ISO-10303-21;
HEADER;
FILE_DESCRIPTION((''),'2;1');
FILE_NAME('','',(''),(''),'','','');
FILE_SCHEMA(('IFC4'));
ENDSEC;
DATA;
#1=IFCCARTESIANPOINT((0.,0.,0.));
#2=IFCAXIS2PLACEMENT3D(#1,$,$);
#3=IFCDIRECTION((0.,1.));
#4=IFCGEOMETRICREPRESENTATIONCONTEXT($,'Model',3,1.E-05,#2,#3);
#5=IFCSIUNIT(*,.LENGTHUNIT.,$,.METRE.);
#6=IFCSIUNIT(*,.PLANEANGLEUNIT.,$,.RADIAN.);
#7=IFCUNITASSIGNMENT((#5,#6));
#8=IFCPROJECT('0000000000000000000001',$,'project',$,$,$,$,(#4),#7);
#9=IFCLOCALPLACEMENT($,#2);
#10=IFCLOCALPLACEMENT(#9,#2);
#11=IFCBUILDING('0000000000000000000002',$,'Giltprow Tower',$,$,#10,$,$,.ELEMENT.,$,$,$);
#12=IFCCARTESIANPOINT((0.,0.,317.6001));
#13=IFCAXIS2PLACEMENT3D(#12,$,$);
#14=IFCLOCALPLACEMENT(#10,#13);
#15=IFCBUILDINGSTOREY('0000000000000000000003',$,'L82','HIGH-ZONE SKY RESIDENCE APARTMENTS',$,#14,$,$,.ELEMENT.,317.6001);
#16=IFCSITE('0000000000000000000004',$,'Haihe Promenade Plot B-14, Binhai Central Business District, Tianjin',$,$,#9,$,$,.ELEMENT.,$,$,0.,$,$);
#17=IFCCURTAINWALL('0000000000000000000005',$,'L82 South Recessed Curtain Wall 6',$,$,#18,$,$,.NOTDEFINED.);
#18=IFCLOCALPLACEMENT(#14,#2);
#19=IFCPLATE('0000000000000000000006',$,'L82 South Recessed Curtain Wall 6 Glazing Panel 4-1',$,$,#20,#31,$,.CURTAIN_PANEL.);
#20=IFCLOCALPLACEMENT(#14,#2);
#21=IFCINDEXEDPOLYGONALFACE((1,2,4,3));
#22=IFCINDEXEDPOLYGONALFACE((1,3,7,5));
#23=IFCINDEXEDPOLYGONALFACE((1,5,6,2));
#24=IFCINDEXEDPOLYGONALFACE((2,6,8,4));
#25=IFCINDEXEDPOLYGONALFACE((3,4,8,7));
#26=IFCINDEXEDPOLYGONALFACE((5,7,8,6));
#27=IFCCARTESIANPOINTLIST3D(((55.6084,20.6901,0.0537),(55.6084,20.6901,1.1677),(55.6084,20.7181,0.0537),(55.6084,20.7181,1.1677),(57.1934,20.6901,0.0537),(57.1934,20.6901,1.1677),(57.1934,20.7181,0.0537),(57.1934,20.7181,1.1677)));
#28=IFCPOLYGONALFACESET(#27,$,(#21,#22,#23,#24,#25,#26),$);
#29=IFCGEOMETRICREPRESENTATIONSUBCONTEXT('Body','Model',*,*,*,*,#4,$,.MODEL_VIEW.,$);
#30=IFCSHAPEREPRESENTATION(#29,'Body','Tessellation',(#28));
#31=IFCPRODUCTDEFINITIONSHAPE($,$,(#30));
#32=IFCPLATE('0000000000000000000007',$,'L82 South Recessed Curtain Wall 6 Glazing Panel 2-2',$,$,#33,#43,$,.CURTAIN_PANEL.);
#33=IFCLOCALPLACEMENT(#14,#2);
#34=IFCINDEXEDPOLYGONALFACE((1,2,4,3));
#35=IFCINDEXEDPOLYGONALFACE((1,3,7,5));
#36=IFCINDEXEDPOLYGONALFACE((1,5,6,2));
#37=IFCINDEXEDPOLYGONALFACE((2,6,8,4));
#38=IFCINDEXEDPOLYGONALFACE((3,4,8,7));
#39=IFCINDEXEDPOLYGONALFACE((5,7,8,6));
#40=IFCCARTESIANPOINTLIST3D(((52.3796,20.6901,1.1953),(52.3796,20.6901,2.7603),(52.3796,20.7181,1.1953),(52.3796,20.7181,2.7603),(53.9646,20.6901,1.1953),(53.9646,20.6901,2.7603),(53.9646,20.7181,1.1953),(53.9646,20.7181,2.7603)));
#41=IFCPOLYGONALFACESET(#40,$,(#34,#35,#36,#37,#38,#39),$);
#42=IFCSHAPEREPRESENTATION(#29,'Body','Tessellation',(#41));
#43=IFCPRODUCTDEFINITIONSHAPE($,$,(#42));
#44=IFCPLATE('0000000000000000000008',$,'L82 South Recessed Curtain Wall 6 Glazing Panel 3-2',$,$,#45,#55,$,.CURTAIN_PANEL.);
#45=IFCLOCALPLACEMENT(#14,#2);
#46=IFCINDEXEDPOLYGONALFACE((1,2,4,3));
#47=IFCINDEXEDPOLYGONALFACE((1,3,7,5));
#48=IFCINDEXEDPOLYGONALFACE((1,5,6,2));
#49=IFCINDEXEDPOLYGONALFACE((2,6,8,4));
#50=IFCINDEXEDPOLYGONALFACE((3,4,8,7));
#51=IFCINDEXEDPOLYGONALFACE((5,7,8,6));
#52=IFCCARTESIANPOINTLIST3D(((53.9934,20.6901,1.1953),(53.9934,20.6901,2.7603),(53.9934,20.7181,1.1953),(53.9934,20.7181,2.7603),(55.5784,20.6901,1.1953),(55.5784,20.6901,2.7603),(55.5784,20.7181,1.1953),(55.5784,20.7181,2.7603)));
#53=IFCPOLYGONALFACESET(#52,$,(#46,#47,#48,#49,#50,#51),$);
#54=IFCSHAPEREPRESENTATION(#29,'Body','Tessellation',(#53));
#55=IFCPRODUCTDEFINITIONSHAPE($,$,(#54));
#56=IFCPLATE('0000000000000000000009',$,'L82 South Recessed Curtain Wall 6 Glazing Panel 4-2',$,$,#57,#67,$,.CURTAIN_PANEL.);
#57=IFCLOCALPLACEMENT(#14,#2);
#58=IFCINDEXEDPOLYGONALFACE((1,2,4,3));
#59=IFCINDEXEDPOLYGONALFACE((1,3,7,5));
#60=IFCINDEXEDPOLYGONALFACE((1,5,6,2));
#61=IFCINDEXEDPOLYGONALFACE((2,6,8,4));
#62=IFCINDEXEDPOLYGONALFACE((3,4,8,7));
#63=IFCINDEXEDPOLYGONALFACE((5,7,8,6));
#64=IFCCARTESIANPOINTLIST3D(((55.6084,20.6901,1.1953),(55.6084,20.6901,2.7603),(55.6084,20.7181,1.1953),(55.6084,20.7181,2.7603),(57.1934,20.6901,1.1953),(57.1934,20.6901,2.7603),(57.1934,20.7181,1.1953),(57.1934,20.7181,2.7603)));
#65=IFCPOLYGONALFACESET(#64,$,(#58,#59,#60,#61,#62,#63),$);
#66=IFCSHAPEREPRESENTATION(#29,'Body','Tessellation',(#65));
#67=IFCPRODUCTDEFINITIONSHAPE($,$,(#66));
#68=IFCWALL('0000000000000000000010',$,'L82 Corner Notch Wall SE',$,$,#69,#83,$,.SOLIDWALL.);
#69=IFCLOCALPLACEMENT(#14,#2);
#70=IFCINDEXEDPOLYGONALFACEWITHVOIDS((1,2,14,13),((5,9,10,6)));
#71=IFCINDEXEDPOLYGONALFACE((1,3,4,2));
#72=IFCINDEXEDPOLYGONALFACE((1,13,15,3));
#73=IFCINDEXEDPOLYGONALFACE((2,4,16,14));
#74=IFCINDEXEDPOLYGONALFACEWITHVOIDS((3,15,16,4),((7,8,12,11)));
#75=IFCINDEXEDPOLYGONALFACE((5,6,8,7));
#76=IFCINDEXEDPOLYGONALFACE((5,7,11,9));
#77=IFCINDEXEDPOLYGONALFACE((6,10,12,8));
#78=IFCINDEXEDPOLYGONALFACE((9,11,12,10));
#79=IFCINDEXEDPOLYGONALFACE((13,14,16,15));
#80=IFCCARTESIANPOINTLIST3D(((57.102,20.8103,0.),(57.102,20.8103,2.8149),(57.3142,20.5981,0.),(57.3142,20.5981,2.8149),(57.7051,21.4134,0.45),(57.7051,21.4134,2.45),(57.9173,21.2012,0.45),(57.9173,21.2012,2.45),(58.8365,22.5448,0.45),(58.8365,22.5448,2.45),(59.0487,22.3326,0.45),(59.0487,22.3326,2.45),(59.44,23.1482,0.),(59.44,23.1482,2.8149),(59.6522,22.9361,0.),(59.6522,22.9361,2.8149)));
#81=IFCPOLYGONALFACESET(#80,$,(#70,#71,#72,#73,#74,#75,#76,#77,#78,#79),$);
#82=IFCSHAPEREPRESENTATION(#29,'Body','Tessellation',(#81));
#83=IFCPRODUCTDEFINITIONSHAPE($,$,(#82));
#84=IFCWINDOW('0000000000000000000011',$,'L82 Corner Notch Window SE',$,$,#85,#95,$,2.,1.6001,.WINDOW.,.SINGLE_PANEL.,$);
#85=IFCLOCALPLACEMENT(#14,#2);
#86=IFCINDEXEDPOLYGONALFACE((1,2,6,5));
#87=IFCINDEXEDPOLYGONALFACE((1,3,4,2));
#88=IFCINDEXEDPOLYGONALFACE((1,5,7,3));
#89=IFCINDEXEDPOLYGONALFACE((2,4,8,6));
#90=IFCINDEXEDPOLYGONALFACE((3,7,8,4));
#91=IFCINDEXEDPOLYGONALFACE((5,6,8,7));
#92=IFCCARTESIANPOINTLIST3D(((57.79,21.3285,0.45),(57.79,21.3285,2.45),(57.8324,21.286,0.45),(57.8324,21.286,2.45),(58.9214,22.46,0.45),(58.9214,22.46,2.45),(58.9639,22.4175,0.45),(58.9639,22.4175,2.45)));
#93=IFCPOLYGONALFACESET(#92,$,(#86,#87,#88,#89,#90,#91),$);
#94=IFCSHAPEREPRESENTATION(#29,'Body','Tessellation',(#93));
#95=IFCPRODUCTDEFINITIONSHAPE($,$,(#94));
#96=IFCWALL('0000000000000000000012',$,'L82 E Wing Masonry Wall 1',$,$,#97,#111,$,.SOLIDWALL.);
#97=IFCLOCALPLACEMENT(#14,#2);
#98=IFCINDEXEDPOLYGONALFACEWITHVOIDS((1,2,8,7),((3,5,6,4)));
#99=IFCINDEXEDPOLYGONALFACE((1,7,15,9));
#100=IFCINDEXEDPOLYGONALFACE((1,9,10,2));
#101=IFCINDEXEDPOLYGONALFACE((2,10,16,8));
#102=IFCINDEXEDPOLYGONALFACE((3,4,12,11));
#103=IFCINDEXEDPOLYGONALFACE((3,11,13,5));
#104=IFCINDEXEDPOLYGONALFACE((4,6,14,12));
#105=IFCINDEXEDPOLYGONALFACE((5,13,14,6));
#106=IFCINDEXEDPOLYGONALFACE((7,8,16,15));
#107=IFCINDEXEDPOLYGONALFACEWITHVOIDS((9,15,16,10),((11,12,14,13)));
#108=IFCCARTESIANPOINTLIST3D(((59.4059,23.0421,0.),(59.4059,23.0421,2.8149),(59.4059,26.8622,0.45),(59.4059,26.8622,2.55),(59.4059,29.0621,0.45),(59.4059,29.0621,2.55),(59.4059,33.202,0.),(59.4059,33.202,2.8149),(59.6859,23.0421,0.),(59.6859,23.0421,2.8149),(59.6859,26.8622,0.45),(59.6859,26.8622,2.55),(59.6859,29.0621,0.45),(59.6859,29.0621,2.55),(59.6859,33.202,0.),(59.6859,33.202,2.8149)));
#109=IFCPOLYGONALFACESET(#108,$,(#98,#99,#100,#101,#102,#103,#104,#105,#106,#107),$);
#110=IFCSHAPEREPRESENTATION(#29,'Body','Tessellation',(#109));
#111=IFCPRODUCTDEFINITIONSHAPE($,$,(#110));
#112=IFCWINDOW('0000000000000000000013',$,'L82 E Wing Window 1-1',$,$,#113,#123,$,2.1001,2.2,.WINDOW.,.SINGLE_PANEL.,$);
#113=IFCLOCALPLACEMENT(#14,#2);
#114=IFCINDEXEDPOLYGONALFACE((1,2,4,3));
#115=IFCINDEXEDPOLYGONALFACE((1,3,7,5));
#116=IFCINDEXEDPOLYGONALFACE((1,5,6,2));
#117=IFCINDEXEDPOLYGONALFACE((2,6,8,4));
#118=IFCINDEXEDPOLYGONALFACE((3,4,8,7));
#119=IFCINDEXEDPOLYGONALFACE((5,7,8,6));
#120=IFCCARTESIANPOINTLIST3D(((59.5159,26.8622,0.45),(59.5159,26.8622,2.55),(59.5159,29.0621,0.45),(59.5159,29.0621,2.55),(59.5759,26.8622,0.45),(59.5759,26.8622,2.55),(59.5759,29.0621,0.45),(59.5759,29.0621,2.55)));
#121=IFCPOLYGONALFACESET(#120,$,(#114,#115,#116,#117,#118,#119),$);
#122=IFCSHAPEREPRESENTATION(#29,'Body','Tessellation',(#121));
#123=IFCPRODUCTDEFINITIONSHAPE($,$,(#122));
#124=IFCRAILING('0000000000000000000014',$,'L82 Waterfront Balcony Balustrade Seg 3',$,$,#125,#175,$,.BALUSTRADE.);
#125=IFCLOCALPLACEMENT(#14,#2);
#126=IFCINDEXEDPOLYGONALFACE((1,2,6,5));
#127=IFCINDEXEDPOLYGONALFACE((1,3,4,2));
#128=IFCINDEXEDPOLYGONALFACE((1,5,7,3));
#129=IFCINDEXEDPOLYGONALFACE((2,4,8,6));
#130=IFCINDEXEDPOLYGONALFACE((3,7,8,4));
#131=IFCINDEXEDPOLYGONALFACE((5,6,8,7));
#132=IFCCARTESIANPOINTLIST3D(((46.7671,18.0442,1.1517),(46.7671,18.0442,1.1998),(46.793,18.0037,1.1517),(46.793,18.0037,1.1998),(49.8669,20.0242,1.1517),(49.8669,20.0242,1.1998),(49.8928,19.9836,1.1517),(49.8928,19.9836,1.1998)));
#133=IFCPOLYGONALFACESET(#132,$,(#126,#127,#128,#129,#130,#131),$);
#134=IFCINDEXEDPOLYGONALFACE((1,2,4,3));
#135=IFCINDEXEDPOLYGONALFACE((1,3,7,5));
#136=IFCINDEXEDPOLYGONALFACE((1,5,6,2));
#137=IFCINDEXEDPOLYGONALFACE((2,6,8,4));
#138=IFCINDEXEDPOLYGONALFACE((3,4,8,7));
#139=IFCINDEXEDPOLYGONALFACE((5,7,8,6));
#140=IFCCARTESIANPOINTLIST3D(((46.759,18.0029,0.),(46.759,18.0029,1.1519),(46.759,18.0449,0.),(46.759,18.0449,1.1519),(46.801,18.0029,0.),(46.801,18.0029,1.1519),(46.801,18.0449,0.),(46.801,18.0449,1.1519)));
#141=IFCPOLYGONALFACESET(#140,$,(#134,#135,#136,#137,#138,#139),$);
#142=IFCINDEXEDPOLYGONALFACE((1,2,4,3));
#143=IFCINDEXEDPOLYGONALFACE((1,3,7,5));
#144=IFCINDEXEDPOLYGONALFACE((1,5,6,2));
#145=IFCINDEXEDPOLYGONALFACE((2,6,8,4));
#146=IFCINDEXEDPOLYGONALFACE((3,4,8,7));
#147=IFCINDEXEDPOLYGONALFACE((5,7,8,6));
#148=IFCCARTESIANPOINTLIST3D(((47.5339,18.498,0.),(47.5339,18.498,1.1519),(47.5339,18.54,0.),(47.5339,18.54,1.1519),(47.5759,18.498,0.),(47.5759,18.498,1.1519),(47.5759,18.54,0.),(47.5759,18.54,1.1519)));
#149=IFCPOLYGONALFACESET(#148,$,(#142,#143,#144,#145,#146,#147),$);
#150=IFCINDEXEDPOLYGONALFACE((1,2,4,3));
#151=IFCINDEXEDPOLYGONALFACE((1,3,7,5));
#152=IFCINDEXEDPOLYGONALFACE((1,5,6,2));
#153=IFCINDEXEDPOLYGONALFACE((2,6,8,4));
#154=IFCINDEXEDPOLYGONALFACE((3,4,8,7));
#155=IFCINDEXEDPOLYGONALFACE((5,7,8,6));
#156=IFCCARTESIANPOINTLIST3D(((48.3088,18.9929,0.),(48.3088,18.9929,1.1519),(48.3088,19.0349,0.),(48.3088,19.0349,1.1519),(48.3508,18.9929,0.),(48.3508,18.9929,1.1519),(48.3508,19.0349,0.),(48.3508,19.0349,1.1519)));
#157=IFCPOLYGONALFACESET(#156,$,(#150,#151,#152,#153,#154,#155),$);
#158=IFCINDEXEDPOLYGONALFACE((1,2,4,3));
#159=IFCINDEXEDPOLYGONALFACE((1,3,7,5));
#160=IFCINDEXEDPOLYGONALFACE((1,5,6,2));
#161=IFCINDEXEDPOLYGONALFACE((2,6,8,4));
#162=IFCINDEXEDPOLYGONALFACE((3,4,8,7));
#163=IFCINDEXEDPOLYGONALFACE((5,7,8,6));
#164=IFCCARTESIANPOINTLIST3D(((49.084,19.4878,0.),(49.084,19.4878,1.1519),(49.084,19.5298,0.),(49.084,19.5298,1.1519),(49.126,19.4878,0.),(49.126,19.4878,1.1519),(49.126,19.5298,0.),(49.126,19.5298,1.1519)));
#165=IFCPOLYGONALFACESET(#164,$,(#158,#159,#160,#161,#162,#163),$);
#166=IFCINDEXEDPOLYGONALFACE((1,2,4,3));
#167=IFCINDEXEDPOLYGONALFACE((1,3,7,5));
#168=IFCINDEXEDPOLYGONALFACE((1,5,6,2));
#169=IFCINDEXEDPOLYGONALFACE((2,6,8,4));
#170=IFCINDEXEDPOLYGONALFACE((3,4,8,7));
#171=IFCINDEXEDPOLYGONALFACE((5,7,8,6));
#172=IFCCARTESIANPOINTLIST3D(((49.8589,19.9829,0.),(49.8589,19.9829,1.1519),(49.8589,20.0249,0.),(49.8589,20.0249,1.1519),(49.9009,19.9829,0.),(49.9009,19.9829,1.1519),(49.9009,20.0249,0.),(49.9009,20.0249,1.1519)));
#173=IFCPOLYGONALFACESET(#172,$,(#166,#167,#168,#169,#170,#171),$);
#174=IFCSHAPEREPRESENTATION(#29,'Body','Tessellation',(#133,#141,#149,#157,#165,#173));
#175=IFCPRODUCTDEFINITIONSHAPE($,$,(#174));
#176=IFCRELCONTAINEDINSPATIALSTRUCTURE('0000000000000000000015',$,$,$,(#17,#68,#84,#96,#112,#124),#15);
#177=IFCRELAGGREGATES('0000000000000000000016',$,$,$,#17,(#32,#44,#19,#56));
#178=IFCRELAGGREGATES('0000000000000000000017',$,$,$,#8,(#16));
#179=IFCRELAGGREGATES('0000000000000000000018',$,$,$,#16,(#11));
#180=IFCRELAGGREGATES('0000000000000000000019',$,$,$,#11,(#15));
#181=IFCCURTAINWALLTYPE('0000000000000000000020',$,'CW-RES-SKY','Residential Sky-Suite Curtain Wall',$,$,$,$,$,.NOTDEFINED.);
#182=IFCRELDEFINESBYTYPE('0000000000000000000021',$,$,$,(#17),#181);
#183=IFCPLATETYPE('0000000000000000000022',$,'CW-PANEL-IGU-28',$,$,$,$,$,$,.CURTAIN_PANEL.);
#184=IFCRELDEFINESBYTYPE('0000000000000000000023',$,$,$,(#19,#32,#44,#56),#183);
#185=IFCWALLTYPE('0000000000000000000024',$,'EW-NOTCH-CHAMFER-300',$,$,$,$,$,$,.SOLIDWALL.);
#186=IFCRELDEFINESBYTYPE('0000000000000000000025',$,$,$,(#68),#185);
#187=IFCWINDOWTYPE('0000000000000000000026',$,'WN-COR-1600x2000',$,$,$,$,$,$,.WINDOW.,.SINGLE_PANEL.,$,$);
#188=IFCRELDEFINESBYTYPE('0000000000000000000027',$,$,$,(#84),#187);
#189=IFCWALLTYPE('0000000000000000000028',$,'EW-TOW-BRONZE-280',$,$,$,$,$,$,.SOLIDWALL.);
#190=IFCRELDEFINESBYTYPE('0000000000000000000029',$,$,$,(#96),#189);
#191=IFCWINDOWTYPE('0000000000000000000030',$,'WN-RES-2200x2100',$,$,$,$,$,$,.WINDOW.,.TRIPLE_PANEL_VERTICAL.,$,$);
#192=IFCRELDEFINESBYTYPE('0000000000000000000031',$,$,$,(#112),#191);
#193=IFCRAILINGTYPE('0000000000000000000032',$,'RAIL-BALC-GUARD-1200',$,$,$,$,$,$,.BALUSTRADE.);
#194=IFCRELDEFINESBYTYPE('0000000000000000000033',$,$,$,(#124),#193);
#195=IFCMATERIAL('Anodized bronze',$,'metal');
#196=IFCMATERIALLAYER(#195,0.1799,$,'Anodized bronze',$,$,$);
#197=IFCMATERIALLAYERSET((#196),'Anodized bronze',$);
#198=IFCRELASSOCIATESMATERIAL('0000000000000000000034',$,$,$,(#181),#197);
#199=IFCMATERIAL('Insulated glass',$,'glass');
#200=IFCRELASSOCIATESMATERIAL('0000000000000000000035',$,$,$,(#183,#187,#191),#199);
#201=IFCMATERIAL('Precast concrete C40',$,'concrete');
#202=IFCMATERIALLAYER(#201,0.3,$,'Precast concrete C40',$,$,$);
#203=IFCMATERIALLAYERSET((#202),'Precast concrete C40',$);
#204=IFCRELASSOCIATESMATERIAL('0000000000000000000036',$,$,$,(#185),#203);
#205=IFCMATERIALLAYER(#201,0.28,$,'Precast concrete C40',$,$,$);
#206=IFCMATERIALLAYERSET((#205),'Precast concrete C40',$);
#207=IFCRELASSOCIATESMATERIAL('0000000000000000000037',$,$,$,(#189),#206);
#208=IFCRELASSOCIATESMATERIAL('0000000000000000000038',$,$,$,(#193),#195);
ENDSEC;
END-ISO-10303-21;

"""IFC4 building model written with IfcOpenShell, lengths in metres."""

from ifc_helpers import new_model, si_unit, direction, frame, frame_2d, origin, origin_2d, place, context, subcontext, project, spatial, rectangle, extrude, source, transform, mapped, material, layer, layer_set, type_object, element, fill, aggregate, save


model = new_model("IFC4")

# Units and contexts
model_context = context("Model", 3, precision=1e-05, world=origin(), true_north=direction((0.0, 1.0)))
body_context = subcontext(model_context, "Body", "Model", "MODEL_VIEW")
ifc_project = project(units=[si_unit("LENGTHUNIT", "METRE"), si_unit("PLANEANGLEUNIT", "RADIAN")], contexts=[model_context])

# Site, building, storey
site_placement = place(None, origin())
site = spatial("IfcSite", under=ifc_project, at=site_placement, Name="Haihe Promenade Plot B-14, Binhai Central Business District, Tianjin", CompositionType="ELEMENT", RefElevation=0.0)
building_placement = place(site_placement, origin())
building = spatial("IfcBuilding", under=site, at=building_placement, Name="Giltprow Tower", CompositionType="ELEMENT")
storey_placement = place(building_placement, frame((0.0, 0.0, 317.6001)))
storey = spatial("IfcBuildingStorey", under=building, at=storey_placement, Name="L82", Description="HIGH-ZONE SKY RESIDENCE APARTMENTS", CompositionType="ELEMENT", Elevation=317.6001)

# Curtain wall
ifc_material_1 = material(Name="Anodized bronze", Category="metal")
ifc_layer_1 = layer(ifc_material_1, 0.1799, Name="Anodized bronze")
ifc_layer_set_1 = layer_set([ifc_layer_1], Name="Anodized bronze")
curtain_wall_type = type_object("IfcCurtainWallType", Name="CW-RES-SKY", Description="Residential Sky-Suite Curtain Wall", PredefinedType="NOTDEFINED", material=ifc_layer_set_1)
curtain_wall_placement = place(storey_placement, origin())
curtain_wall = element("IfcCurtainWall", 1, at=curtain_wall_placement, inside=storey, type_object=curtain_wall_type, Name="L82 South Recessed Curtain Wall 6", PredefinedType="NOTDEFINED")

# Plates
ifc_material_2 = material(Name="Insulated glass", Category="glass")
plate_type_1 = type_object("IfcPlateType", Name="CW-PANEL-IGU-28", PredefinedType="CURTAIN_PANEL", material=ifc_material_2)
shared_shape_1 = source(origin(), body_context, "Body", "SweptSolid", [
    extrude(rectangle(XDim=1.585, YDim=0.0281, at=origin_2d()), origin(), (0.0, 0.0, 1.0), 1.114),
])
plate_1_placement = place(storey_placement, frame((56.4009, 20.7041, 0.0537), z_axis=(0.0, 0.0, 1.0), x_axis=(1.0, 0.0, 0.0)))
plate_1 = element("IfcPlate", 2, at=plate_1_placement, type_object=plate_type_1, Name="L82 South Recessed Curtain Wall 6 Glazing Panel 4-1", PredefinedType="CURTAIN_PANEL", context=body_context, shape_type="MappedRepresentation", body=[
    mapped(shared_shape_1, transform((0.0, 0.0, 0.0), x_axis=(1.0, 0.0, 0.0), y_axis=(0.0, 1.0, 0.0), z_axis=(0.0, 0.0, 1.0), scale=1.0)),
])
shared_shape_2 = source(origin(), body_context, "Body", "SweptSolid", [
    extrude(rectangle(XDim=1.585, YDim=0.0281, at=origin_2d()), origin(), (0.0, 0.0, 1.0), 1.5649),
])
plate_2_placement = place(storey_placement, frame((53.1721, 20.7041, 1.1953), z_axis=(0.0, 0.0, 1.0), x_axis=(1.0, 0.0, 0.0)))
plate_2 = element("IfcPlate", 3, at=plate_2_placement, type_object=plate_type_1, Name="L82 South Recessed Curtain Wall 6 Glazing Panel 2-2", PredefinedType="CURTAIN_PANEL", context=body_context, shape_type="MappedRepresentation", body=[
    mapped(shared_shape_2, transform((0.0, 0.0, 0.0), x_axis=(1.0, 0.0, 0.0), y_axis=(0.0, 1.0, 0.0), z_axis=(0.0, 0.0, 1.0), scale=1.0)),
])
plate_3_placement = place(storey_placement, frame((54.7859, 20.7041, 1.1953), z_axis=(0.0, 0.0, 1.0), x_axis=(1.0, 0.0, 0.0)))
plate_3 = element("IfcPlate", 4, at=plate_3_placement, type_object=plate_type_1, Name="L82 South Recessed Curtain Wall 6 Glazing Panel 3-2", PredefinedType="CURTAIN_PANEL", context=body_context, shape_type="MappedRepresentation", body=[
    mapped(shared_shape_2, transform((0.0, 0.0, 0.0), x_axis=(1.0, 0.0, 0.0), y_axis=(0.0, 1.0, 0.0), z_axis=(0.0, 0.0, 1.0), scale=1.0)),
])
plate_4_placement = place(storey_placement, frame((56.4009, 20.7041, 1.1953), z_axis=(0.0, 0.0, 1.0), x_axis=(1.0, 0.0, 0.0)))
plate_4 = element("IfcPlate", 5, at=plate_4_placement, type_object=plate_type_1, Name="L82 South Recessed Curtain Wall 6 Glazing Panel 4-2", PredefinedType="CURTAIN_PANEL", context=body_context, shape_type="MappedRepresentation", body=[
    mapped(shared_shape_2, transform((0.0, 0.0, 0.0), x_axis=(1.0, 0.0, 0.0), y_axis=(0.0, 1.0, 0.0), z_axis=(0.0, 0.0, 1.0), scale=1.0)),
])
aggregate(curtain_wall, [plate_2, plate_3, plate_1, plate_4])

# Walls, openings, windows
ifc_material_3 = material(Name="Precast concrete C40", Category="concrete")
ifc_layer_2 = layer(ifc_material_3, 0.3, Name="Precast concrete C40")
ifc_layer_set_2 = layer_set([ifc_layer_2], Name="Precast concrete C40")
wall_type_1 = type_object("IfcWallType", Name="EW-NOTCH-CHAMFER-300", PredefinedType="SOLIDWALL", material=ifc_layer_set_2)
wall_1_placement = place(storey_placement, frame((57.208, 20.7041, 0.0), z_axis=(0.0, 0.0, 1.0), x_axis=(0.707107, 0.707107, 0.0)))
wall_1 = element("IfcWall", 6, at=wall_1_placement, inside=storey, type_object=wall_type_1, Name="L82 Corner Notch Wall SE", PredefinedType="SOLIDWALL", context=body_context, shape_type="SweptSolid", body=[
    extrude(rectangle(XDim=3.3064, YDim=0.3, at=frame_2d((1.6533, 0.0))), origin(), (0.0, 0.0, 1.0), 2.8149),
])
opening_1_placement = place(wall_1_placement, frame((0.853, 0.0, 0.45)))
opening_1 = element("IfcOpeningElement", 7, at=opening_1_placement, cuts=wall_1, PredefinedType="OPENING", context=body_context, shape_type="SweptSolid", body=[
    extrude(rectangle(XDim=1.6001, YDim=2.0, at=frame_2d((0.8, 1.0))), frame((0.0, 0.1599, 0.0), z_axis=(0.0, -1.0, 0.0), x_axis=(1.0, 0.0, 0.0)), (0.0, 0.0, 1.0), 0.3201),
])
window_type_1 = type_object("IfcWindowType", Name="WN-COR-1600x2000", PartitioningType="SINGLE_PANEL", PredefinedType="WINDOW", material=ifc_material_2)
shared_shape_3 = source(origin(), body_context, "Body", "SweptSolid", [
    extrude(rectangle(XDim=1.6001, YDim=2.0, at=frame_2d((0.8, 1.0))), frame((0.0, 0.03, 0.0), z_axis=(0.0, -1.0, 0.0), x_axis=(1.0, 0.0, 0.0)), (0.0, 0.0, 1.0), 0.0601),
])
window_1_placement = place(opening_1_placement, origin())
window_1 = element("IfcWindow", 8, at=window_1_placement, inside=storey, type_object=window_type_1, Name="L82 Corner Notch Window SE", OverallHeight=2.0, OverallWidth=1.6001, PartitioningType="SINGLE_PANEL", PredefinedType="WINDOW", context=body_context, shape_type="MappedRepresentation", body=[
    mapped(shared_shape_3, transform((0.0, 0.0, 0.0), x_axis=(1.0, 0.0, 0.0), y_axis=(0.0, 1.0, 0.0), z_axis=(0.0, 0.0, 1.0), scale=1.0)),
])
fill(opening_1, window_1)
ifc_layer_3 = layer(ifc_material_3, 0.28, Name="Precast concrete C40")
ifc_layer_set_3 = layer_set([ifc_layer_3], Name="Precast concrete C40")
wall_type_2 = type_object("IfcWallType", Name="EW-TOW-BRONZE-280", PredefinedType="SOLIDWALL", material=ifc_layer_set_3)
wall_2_placement = place(storey_placement, frame((59.5459, 23.042, 0.0), z_axis=(0.0, 0.0, 1.0), x_axis=(0.0, 1.0, 0.0)))
wall_2 = element("IfcWall", 9, at=wall_2_placement, inside=storey, type_object=wall_type_2, Name="L82 E Wing Masonry Wall 1", PredefinedType="SOLIDWALL", context=body_context, shape_type="SweptSolid", body=[
    extrude(rectangle(XDim=10.1599, YDim=0.28, at=frame_2d((5.0801, 0.0))), origin(), (0.0, 0.0, 1.0), 2.8149),
])
opening_2_placement = place(wall_2_placement, frame((3.8201, 0.0, 0.45)))
opening_2 = element("IfcOpeningElement", 10, at=opening_2_placement, cuts=wall_2, PredefinedType="OPENING", context=body_context, shape_type="SweptSolid", body=[
    extrude(rectangle(XDim=2.2, YDim=2.1001, at=frame_2d((1.1001, 1.05))), frame((0.0, 0.1499, 0.0), z_axis=(0.0, -1.0, 0.0), x_axis=(1.0, 0.0, 0.0)), (0.0, 0.0, 1.0), 0.3),
])
window_type_2 = type_object("IfcWindowType", Name="WN-RES-2200x2100", PartitioningType="TRIPLE_PANEL_VERTICAL", PredefinedType="WINDOW", material=ifc_material_2)
shared_shape_4 = source(origin(), body_context, "Body", "SweptSolid", [
    extrude(rectangle(XDim=2.2, YDim=2.1001, at=frame_2d((1.1001, 1.05))), frame((0.0, 0.03, 0.0), z_axis=(0.0, -1.0, 0.0), x_axis=(1.0, 0.0, 0.0)), (0.0, 0.0, 1.0), 0.0601),
])
window_2_placement = place(opening_2_placement, origin())
window_2 = element("IfcWindow", 11, at=window_2_placement, inside=storey, type_object=window_type_2, Name="L82 E Wing Window 1-1", OverallHeight=2.1001, OverallWidth=2.2, PartitioningType="SINGLE_PANEL", PredefinedType="WINDOW", context=body_context, shape_type="MappedRepresentation", body=[
    mapped(shared_shape_4, transform((0.0, 0.0, 0.0), x_axis=(1.0, 0.0, 0.0), y_axis=(0.0, 1.0, 0.0), z_axis=(0.0, 0.0, 1.0), scale=1.0)),
])
fill(opening_2, window_2)

# Railing
railing_type = type_object("IfcRailingType", Name="RAIL-BALC-GUARD-1200", PredefinedType="BALUSTRADE", material=ifc_material_1)
railing_1_placement = place(storey_placement, frame((46.78, 18.0239, 0.0)))
element("IfcRailing", 12, at=railing_1_placement, inside=storey, type_object=railing_type, Name="L82 Waterfront Balcony Balustrade Seg 3", PredefinedType="BALUSTRADE", context=body_context, shape_type="SweptSolid", body=[
    extrude(rectangle(XDim=0.0481, YDim=0.0481, at=origin_2d()), frame((0.0, 0.0, 1.1758), z_axis=(0.842756, 0.538296, 0.0), x_axis=(-0.538296, 0.842756, 0.0)), (0.0, 0.0, 1.0), 3.6782),
    extrude(rectangle(XDim=0.042, YDim=0.042, at=origin_2d()), origin(), (0.0, 0.0, 1.0), 1.1519),
    extrude(rectangle(XDim=0.042, YDim=0.042, at=origin_2d()), frame((0.7749, 0.4951, 0.0)), (0.0, 0.0, 1.0), 1.1519),
    extrude(rectangle(XDim=0.042, YDim=0.042, at=origin_2d()), frame((1.5498, 0.99, 0.0)), (0.0, 0.0, 1.0), 1.1519),
    extrude(rectangle(XDim=0.042, YDim=0.042, at=origin_2d()), frame((2.325, 1.4849, 0.0)), (0.0, 0.0, 1.0), 1.1519),
    extrude(rectangle(XDim=0.042, YDim=0.042, at=origin_2d()), frame((3.0999, 1.98, 0.0)), (0.0, 0.0, 1.0), 1.1519),
])

save(model, "model.ifc")
